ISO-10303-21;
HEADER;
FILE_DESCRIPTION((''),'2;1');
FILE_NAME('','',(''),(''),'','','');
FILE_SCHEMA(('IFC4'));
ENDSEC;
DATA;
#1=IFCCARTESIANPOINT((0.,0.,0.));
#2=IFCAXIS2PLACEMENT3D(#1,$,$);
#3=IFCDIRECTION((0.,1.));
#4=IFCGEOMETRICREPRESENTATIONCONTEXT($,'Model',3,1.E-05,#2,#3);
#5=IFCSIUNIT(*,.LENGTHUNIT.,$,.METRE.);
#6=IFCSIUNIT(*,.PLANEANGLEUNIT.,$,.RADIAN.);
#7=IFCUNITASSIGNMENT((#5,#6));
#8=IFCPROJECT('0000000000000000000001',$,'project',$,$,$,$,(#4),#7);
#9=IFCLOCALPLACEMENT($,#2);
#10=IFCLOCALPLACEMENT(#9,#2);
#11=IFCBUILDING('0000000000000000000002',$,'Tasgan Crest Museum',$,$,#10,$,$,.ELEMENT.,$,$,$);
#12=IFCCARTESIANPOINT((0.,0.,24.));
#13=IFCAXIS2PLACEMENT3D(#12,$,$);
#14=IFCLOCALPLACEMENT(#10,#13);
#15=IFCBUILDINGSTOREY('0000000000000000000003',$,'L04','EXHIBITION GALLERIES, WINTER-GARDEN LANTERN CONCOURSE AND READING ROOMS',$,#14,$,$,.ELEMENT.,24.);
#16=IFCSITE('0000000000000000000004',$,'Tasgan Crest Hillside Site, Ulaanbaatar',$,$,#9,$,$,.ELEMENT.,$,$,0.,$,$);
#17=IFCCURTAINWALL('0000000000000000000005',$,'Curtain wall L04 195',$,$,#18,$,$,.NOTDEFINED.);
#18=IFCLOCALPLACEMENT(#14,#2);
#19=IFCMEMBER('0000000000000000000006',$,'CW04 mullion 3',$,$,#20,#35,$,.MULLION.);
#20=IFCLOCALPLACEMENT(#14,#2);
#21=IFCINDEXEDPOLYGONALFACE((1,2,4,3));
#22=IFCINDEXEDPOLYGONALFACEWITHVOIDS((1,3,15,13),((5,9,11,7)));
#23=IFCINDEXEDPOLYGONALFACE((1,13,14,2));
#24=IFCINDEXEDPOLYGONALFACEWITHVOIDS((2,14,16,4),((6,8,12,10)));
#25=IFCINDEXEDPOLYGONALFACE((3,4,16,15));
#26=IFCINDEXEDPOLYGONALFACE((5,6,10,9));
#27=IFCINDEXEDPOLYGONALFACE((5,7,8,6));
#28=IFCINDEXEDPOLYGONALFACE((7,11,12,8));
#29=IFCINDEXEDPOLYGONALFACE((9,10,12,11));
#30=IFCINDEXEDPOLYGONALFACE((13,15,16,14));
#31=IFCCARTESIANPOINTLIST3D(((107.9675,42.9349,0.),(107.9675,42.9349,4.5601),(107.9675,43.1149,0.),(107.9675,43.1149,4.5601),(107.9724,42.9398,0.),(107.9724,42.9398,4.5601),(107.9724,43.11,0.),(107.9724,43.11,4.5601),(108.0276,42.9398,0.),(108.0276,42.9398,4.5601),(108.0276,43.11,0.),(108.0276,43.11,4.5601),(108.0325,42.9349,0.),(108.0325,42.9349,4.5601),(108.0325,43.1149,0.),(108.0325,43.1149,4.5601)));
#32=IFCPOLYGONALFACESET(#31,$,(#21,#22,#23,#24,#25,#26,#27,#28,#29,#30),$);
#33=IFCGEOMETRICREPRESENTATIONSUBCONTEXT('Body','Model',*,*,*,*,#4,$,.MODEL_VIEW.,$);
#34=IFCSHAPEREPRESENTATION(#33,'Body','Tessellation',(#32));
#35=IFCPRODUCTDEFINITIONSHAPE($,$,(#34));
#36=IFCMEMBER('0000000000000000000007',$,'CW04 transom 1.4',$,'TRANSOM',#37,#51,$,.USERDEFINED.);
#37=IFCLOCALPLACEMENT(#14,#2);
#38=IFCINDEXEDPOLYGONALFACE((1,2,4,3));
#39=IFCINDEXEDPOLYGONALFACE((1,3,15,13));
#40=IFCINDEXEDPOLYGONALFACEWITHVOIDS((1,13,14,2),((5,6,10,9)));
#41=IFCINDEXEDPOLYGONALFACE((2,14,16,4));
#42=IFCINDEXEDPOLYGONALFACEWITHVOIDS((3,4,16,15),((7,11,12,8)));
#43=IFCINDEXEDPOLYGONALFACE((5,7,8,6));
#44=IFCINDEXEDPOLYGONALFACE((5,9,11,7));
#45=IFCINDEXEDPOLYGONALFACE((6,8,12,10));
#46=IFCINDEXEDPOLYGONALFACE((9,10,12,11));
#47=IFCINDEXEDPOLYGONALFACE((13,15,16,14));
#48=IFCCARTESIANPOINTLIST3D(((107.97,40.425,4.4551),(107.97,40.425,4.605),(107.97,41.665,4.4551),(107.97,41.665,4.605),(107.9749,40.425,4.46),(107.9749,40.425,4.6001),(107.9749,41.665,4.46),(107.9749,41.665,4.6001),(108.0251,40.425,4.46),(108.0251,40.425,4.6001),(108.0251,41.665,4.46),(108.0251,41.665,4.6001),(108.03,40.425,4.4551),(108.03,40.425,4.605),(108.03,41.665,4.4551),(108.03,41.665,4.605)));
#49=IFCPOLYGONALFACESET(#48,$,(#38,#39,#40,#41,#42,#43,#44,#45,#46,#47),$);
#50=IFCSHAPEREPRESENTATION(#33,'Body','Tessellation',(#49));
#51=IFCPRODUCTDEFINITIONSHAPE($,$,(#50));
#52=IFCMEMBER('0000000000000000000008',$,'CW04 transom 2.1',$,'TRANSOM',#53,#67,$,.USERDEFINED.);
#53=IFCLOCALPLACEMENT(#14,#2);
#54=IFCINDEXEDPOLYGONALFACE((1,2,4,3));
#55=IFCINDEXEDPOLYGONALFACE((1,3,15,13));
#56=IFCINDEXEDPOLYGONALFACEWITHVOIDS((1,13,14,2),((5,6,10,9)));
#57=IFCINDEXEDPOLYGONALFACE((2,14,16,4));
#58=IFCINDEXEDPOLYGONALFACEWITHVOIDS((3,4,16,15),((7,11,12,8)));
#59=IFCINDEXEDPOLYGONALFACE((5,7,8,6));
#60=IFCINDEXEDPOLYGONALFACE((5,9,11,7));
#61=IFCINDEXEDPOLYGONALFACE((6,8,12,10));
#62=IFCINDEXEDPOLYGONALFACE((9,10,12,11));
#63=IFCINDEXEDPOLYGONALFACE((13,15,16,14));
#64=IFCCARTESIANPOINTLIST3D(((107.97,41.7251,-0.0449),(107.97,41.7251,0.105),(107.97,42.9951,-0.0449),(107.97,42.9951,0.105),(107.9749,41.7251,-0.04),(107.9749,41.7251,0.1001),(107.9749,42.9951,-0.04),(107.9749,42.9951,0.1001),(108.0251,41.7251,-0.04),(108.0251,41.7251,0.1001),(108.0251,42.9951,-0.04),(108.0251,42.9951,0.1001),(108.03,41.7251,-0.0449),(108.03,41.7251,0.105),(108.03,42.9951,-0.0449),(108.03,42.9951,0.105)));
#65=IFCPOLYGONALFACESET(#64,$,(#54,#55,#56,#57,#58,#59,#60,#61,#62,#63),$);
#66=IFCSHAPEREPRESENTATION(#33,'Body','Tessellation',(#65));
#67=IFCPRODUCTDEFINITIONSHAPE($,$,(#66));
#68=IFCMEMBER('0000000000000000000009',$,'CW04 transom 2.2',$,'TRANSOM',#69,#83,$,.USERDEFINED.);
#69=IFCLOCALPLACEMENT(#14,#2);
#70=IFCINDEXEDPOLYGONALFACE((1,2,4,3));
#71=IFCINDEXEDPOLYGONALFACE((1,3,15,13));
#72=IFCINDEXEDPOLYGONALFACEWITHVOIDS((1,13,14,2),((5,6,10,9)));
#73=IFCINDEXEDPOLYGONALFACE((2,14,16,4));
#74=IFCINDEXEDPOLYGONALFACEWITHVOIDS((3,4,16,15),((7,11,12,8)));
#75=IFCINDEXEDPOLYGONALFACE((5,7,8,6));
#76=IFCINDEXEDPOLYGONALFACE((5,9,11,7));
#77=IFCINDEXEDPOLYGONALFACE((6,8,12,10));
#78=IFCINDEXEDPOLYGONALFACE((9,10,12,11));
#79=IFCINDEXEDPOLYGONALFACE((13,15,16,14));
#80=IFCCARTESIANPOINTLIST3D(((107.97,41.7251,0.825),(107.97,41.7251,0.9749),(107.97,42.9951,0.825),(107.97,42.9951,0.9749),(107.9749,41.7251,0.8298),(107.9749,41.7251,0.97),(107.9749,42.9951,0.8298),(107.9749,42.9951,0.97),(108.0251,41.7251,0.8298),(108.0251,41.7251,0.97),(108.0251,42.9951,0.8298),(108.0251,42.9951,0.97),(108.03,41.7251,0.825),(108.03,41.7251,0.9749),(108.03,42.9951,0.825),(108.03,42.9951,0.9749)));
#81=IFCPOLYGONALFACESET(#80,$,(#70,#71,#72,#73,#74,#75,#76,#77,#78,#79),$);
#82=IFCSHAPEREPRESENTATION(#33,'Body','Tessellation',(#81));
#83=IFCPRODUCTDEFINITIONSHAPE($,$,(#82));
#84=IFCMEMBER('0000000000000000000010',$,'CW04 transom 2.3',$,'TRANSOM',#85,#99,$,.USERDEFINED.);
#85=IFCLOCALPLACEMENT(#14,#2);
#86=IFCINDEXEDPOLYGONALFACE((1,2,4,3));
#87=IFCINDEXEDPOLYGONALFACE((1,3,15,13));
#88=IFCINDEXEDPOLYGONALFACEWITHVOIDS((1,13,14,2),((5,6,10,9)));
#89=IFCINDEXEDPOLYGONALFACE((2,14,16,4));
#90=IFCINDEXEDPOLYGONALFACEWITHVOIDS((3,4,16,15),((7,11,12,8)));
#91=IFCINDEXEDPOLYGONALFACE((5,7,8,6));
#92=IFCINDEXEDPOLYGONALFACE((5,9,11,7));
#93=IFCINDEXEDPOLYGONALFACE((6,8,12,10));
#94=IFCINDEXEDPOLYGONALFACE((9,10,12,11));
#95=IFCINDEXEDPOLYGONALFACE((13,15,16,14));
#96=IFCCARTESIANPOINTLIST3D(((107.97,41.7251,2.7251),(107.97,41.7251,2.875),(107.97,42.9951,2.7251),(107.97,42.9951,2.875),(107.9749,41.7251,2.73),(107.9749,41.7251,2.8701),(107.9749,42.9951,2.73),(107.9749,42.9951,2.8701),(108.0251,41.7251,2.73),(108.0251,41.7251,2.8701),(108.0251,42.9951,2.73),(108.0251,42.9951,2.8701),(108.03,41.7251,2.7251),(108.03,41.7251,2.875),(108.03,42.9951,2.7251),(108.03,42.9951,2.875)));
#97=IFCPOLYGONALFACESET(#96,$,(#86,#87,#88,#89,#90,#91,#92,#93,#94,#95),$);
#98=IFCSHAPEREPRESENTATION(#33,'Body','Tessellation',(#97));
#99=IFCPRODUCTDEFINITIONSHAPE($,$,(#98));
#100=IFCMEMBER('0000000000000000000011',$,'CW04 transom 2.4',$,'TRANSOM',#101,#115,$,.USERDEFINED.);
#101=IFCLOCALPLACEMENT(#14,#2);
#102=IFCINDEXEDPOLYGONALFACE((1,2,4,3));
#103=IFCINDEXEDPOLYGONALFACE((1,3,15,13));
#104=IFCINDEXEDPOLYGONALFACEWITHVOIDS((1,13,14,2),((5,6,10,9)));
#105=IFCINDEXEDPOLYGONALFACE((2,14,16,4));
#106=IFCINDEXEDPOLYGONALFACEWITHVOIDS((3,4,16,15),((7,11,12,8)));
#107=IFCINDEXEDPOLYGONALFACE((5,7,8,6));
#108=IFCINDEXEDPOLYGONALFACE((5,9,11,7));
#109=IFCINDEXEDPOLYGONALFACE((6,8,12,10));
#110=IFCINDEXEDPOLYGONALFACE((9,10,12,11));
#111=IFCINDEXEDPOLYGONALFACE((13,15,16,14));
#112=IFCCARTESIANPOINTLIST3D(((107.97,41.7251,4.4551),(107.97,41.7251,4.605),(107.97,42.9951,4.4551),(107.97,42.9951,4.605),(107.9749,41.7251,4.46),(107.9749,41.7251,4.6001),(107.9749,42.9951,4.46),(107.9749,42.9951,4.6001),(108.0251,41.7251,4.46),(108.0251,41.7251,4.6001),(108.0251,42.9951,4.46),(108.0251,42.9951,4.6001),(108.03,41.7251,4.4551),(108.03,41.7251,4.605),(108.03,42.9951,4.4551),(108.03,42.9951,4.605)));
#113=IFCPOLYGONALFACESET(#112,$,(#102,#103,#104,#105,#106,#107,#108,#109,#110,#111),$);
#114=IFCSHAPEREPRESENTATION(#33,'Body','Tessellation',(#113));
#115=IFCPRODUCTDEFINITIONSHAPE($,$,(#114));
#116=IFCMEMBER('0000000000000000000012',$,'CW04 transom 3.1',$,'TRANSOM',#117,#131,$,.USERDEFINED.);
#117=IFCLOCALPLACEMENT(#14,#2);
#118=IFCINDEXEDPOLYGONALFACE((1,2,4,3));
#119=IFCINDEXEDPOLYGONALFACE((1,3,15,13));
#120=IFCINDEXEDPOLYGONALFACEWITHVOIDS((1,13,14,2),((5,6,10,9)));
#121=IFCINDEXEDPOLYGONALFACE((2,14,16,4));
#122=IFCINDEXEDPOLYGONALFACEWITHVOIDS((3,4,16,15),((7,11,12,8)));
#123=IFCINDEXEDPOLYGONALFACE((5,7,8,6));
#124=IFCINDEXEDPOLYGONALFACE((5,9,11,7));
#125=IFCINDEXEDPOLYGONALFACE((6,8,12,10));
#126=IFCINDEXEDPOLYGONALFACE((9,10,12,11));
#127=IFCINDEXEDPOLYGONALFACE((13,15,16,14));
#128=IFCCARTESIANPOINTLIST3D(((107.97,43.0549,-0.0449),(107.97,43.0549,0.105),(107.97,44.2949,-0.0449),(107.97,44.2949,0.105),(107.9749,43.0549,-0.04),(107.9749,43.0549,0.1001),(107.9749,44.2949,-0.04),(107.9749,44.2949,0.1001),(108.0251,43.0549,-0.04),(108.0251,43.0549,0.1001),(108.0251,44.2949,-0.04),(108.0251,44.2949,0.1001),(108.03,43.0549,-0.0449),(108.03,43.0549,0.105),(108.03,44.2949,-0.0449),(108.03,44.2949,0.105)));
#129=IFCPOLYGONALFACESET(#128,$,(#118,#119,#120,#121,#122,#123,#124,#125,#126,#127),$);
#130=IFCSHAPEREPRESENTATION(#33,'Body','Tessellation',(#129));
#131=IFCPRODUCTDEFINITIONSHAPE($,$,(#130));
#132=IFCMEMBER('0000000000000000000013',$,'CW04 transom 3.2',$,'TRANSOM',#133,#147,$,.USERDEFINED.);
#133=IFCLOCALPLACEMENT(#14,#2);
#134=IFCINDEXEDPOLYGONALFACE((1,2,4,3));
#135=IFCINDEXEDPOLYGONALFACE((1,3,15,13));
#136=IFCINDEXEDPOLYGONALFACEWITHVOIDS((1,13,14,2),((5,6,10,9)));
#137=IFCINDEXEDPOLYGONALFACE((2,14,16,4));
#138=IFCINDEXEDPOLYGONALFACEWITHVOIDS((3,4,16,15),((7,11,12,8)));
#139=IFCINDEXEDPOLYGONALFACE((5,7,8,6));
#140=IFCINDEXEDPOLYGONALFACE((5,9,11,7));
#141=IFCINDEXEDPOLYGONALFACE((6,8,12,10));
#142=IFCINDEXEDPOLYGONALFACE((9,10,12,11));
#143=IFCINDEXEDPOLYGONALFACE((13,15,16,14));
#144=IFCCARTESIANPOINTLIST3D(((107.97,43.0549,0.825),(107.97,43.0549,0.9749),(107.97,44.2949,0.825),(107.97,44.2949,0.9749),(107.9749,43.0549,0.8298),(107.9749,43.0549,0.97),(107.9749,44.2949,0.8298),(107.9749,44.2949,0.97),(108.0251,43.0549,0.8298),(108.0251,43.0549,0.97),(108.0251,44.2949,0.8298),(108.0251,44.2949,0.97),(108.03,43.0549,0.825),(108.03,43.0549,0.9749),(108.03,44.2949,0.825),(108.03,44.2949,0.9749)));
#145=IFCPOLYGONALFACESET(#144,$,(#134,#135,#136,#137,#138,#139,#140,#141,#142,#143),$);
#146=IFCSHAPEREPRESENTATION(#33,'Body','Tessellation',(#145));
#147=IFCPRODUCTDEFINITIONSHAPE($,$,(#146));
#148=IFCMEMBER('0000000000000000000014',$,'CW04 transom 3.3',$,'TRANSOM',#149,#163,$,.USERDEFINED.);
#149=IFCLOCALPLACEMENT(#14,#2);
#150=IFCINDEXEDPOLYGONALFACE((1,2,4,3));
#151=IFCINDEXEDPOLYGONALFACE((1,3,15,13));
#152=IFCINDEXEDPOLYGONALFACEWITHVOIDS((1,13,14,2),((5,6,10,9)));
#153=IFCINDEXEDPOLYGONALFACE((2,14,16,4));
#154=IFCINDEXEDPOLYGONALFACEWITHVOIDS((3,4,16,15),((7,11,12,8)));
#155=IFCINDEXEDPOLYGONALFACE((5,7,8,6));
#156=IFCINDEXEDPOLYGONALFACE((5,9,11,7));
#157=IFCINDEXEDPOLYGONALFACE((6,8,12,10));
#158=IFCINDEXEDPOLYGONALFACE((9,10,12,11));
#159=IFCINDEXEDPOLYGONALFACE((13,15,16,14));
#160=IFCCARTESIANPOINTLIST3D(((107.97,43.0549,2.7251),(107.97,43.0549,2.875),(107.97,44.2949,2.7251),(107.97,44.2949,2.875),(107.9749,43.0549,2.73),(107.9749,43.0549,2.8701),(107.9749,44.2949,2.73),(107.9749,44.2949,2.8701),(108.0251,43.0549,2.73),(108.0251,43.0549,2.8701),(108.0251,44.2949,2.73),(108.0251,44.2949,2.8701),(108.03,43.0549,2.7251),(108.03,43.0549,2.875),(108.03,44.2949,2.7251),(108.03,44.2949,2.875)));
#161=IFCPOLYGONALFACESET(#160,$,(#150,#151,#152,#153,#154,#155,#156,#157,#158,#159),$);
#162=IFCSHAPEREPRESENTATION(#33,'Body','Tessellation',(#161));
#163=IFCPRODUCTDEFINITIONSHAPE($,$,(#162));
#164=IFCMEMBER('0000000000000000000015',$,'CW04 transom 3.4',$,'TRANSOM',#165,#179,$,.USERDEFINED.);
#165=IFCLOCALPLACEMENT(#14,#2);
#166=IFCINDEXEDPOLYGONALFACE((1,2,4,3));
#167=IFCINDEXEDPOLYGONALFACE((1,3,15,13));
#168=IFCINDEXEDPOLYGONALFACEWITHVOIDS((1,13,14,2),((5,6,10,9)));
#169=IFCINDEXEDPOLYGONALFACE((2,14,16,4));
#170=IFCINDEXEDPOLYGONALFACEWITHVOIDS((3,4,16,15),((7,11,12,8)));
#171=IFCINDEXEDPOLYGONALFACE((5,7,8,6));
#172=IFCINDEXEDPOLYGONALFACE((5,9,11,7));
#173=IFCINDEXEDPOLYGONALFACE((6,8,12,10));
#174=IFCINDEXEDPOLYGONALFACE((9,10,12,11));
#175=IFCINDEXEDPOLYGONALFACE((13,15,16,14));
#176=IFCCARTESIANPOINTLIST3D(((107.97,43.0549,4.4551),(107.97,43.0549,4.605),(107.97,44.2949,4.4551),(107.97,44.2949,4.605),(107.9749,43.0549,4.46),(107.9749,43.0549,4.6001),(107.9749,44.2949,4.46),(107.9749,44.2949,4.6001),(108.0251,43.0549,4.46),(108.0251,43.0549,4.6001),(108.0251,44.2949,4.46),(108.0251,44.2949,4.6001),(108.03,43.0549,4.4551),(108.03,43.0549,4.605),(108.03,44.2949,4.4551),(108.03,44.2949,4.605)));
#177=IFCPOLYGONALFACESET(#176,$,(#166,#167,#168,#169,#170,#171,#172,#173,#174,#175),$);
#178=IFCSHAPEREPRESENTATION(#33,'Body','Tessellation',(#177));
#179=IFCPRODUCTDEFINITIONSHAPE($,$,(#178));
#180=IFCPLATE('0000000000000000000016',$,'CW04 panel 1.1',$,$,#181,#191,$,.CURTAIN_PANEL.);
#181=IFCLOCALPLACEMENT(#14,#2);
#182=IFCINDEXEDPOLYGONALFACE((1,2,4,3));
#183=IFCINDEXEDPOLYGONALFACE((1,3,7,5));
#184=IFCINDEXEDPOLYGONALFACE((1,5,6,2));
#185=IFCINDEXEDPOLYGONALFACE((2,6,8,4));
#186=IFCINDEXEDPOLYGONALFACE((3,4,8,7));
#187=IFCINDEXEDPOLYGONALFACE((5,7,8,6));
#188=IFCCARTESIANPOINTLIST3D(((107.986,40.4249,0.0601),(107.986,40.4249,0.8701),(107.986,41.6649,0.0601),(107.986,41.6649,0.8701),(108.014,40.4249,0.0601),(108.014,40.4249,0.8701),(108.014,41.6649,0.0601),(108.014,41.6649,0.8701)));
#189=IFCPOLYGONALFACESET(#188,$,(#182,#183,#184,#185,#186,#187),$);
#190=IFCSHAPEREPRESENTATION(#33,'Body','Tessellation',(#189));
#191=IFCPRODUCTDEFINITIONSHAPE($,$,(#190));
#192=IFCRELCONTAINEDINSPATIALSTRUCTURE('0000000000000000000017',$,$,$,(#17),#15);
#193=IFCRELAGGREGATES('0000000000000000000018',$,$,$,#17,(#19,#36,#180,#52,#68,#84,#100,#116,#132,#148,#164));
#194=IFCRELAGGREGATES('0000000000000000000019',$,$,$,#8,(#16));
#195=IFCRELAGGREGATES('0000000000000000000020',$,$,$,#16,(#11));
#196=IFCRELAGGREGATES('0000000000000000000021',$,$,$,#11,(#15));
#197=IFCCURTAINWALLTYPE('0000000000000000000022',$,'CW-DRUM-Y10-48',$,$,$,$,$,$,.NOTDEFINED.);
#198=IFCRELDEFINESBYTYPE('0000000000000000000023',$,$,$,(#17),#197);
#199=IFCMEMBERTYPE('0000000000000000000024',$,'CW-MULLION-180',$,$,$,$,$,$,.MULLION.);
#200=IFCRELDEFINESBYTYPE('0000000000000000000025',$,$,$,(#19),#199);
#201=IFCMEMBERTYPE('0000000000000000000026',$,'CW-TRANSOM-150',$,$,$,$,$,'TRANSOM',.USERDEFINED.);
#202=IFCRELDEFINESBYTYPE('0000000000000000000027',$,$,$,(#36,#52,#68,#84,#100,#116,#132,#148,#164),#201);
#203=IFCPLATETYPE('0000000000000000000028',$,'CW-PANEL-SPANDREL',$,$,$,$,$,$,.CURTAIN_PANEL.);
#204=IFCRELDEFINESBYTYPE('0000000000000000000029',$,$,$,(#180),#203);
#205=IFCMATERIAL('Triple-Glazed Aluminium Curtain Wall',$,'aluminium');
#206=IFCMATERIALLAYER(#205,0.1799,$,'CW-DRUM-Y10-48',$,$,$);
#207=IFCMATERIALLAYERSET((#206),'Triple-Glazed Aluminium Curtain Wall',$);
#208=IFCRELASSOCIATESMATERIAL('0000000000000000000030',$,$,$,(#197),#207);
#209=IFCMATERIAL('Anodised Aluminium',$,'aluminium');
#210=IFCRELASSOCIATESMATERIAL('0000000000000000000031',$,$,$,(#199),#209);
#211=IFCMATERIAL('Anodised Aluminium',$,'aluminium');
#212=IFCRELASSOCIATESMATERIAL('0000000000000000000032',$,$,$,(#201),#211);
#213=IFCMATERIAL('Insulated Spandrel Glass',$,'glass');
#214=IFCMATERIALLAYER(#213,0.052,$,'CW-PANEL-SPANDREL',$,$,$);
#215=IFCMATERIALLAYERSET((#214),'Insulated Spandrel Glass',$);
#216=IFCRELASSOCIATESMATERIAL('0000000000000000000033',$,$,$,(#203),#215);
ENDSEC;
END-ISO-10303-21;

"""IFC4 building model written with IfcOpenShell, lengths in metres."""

from ifc_helpers import new_model, si_unit, direction, frame, origin, origin_2d, place, context, subcontext, project, spatial, rectangle, hollow_rectangle, extrude, material, layer, layer_set, material_profile, profile_set, type_object, element, aggregate, save


model = new_model("IFC4")

# Units and contexts
model_context = context("Model", 3, precision=1e-05, world=origin(), true_north=direction((0.0, 1.0)))
body_context = subcontext(model_context, "Body", "Model", "MODEL_VIEW")
ifc_project = project(units=[si_unit("LENGTHUNIT", "METRE"), si_unit("PLANEANGLEUNIT", "RADIAN")], contexts=[model_context])

# Site, building, storey
site_placement = place(None, origin())
site = spatial("IfcSite", under=ifc_project, at=site_placement, Name="Tasgan Crest Hillside Site, Ulaanbaatar", CompositionType="ELEMENT", RefElevation=0.0)
building_placement = place(site_placement, origin())
building = spatial("IfcBuilding", under=site, at=building_placement, Name="Tasgan Crest Museum", CompositionType="ELEMENT")
storey_placement = place(building_placement, frame((0.0, 0.0, 24.0)))
storey = spatial("IfcBuildingStorey", under=building, at=storey_placement, Name="L04", Description="EXHIBITION GALLERIES, WINTER-GARDEN LANTERN CONCOURSE AND READING ROOMS", CompositionType="ELEMENT", Elevation=24.0)

# Curtain wall, members, plate
ifc_material_1 = material(Name="Triple-Glazed Aluminium Curtain Wall", Category="aluminium")
ifc_layer_1 = layer(ifc_material_1, 0.1799, Name="CW-DRUM-Y10-48")
ifc_layer_set_1 = layer_set([ifc_layer_1], Name="Triple-Glazed Aluminium Curtain Wall")
curtain_wall_type = type_object("IfcCurtainWallType", Name="CW-DRUM-Y10-48", PredefinedType="NOTDEFINED", material=ifc_layer_set_1)
curtain_wall_placement = place(storey_placement, origin())
curtain_wall = element("IfcCurtainWall", 1, at=curtain_wall_placement, inside=storey, type_object=curtain_wall_type, Name="Curtain wall L04 195", PredefinedType="NOTDEFINED")
ifc_material_2 = material(Name="Anodised Aluminium", Category="aluminium")
ifc_material_profile_1 = material_profile(ifc_material_2, hollow_rectangle(XDim=0.0649, YDim=0.1799, WallThickness=0.0049, at=origin_2d()), Name="ALU MULLION 180x65x5")
ifc_profile_set_1 = profile_set([ifc_material_profile_1], Name="Anodised Aluminium")
member_type_1 = type_object("IfcMemberType", Name="CW-MULLION-180", PredefinedType="MULLION", material=ifc_profile_set_1)
member_1_placement = place(storey_placement, frame((108.0, 43.0249, 0.0), z_axis=(0.0, 0.0, 1.0), x_axis=(-1.0, 0.0, 0.0)))
member_1 = element("IfcMember", 2, at=member_1_placement, type_object=member_type_1, Name="CW04 mullion 3", PredefinedType="MULLION", context=body_context, shape_type="SweptSolid", body=[
    extrude(hollow_rectangle(XDim=0.0649, YDim=0.1799, WallThickness=0.0049, at=origin_2d()), origin(), (0.0, 0.0, 1.0), 4.5601),
])
ifc_material_3 = material(Name="Anodised Aluminium", Category="aluminium")
ifc_material_profile_2 = material_profile(ifc_material_3, hollow_rectangle(XDim=0.0601, YDim=0.1499, WallThickness=0.0049, at=origin_2d()), Name="ALU TRANSOM 150x60x5")
ifc_profile_set_2 = profile_set([ifc_material_profile_2], Name="Anodised Aluminium")
member_type_2 = type_object("IfcMemberType", Name="CW-TRANSOM-150", ElementType="TRANSOM", PredefinedType="USERDEFINED", material=ifc_profile_set_2)
member_2_placement = place(storey_placement, frame((108.0, 40.425, 4.53), z_axis=(0.0, 1.0, 0.0), x_axis=(-1.0, 0.0, 0.0)))
member_2 = element("IfcMember", 3, at=member_2_placement, type_object=member_type_2, Name="CW04 transom 1.4", ObjectType="TRANSOM", PredefinedType="USERDEFINED", context=body_context, shape_type="SweptSolid", body=[
    extrude(hollow_rectangle(XDim=0.0601, YDim=0.1499, WallThickness=0.0049, at=origin_2d()), origin(), (0.0, 0.0, 1.0), 1.24),
])
member_3_placement = place(storey_placement, frame((108.0, 41.7251, 0.03), z_axis=(0.0, 1.0, 0.0), x_axis=(-1.0, 0.0, 0.0)))
member_3 = element("IfcMember", 4, at=member_3_placement, type_object=member_type_2, Name="CW04 transom 2.1", ObjectType="TRANSOM", PredefinedType="USERDEFINED", context=body_context, shape_type="SweptSolid", body=[
    extrude(hollow_rectangle(XDim=0.0601, YDim=0.1499, WallThickness=0.0049, at=origin_2d()), origin(), (0.0, 0.0, 1.0), 1.27),
])
member_4_placement = place(storey_placement, frame((108.0, 41.7251, 0.8999), z_axis=(0.0, 1.0, 0.0), x_axis=(-1.0, 0.0, 0.0)))
member_4 = element("IfcMember", 5, at=member_4_placement, type_object=member_type_2, Name="CW04 transom 2.2", ObjectType="TRANSOM", PredefinedType="USERDEFINED", context=body_context, shape_type="SweptSolid", body=[
    extrude(hollow_rectangle(XDim=0.0601, YDim=0.1499, WallThickness=0.0049, at=origin_2d()), origin(), (0.0, 0.0, 1.0), 1.27),
])
member_5_placement = place(storey_placement, frame((108.0, 41.7251, 2.8), z_axis=(0.0, 1.0, 0.0), x_axis=(-1.0, 0.0, 0.0)))
member_5 = element("IfcMember", 6, at=member_5_placement, type_object=member_type_2, Name="CW04 transom 2.3", ObjectType="TRANSOM", PredefinedType="USERDEFINED", context=body_context, shape_type="SweptSolid", body=[
    extrude(hollow_rectangle(XDim=0.0601, YDim=0.1499, WallThickness=0.0049, at=origin_2d()), origin(), (0.0, 0.0, 1.0), 1.27),
])
member_6_placement = place(storey_placement, frame((108.0, 41.7251, 4.53), z_axis=(0.0, 1.0, 0.0), x_axis=(-1.0, 0.0, 0.0)))
member_6 = element("IfcMember", 7, at=member_6_placement, type_object=member_type_2, Name="CW04 transom 2.4", ObjectType="TRANSOM", PredefinedType="USERDEFINED", context=body_context, shape_type="SweptSolid", body=[
    extrude(hollow_rectangle(XDim=0.0601, YDim=0.1499, WallThickness=0.0049, at=origin_2d()), origin(), (0.0, 0.0, 1.0), 1.27),
])
member_7_placement = place(storey_placement, frame((108.0, 43.0549, 0.03), z_axis=(0.0, 1.0, 0.0), x_axis=(-1.0, 0.0, 0.0)))
member_7 = element("IfcMember", 8, at=member_7_placement, type_object=member_type_2, Name="CW04 transom 3.1", ObjectType="TRANSOM", PredefinedType="USERDEFINED", context=body_context, shape_type="SweptSolid", body=[
    extrude(hollow_rectangle(XDim=0.0601, YDim=0.1499, WallThickness=0.0049, at=origin_2d()), origin(), (0.0, 0.0, 1.0), 1.24),
])
member_8_placement = place(storey_placement, frame((108.0, 43.0549, 0.8999), z_axis=(0.0, 1.0, 0.0), x_axis=(-1.0, 0.0, 0.0)))
member_8 = element("IfcMember", 9, at=member_8_placement, type_object=member_type_2, Name="CW04 transom 3.2", ObjectType="TRANSOM", PredefinedType="USERDEFINED", context=body_context, shape_type="SweptSolid", body=[
    extrude(hollow_rectangle(XDim=0.0601, YDim=0.1499, WallThickness=0.0049, at=origin_2d()), origin(), (0.0, 0.0, 1.0), 1.24),
])
member_9_placement = place(storey_placement, frame((108.0, 43.0549, 2.8), z_axis=(0.0, 1.0, 0.0), x_axis=(-1.0, 0.0, 0.0)))
member_9 = element("IfcMember", 10, at=member_9_placement, type_object=member_type_2, Name="CW04 transom 3.3", ObjectType="TRANSOM", PredefinedType="USERDEFINED", context=body_context, shape_type="SweptSolid", body=[
    extrude(hollow_rectangle(XDim=0.0601, YDim=0.1499, WallThickness=0.0049, at=origin_2d()), origin(), (0.0, 0.0, 1.0), 1.24),
])
member_10_placement = place(storey_placement, frame((108.0, 43.0549, 4.53), z_axis=(0.0, 1.0, 0.0), x_axis=(-1.0, 0.0, 0.0)))
member_10 = element("IfcMember", 11, at=member_10_placement, type_object=member_type_2, Name="CW04 transom 3.4", ObjectType="TRANSOM", PredefinedType="USERDEFINED", context=body_context, shape_type="SweptSolid", body=[
    extrude(hollow_rectangle(XDim=0.0601, YDim=0.1499, WallThickness=0.0049, at=origin_2d()), origin(), (0.0, 0.0, 1.0), 1.24),
])
ifc_material_4 = material(Name="Insulated Spandrel Glass", Category="glass")
ifc_layer_2 = layer(ifc_material_4, 0.052, Name="CW-PANEL-SPANDREL")
ifc_layer_set_2 = layer_set([ifc_layer_2], Name="Insulated Spandrel Glass")
plate_type_1 = type_object("IfcPlateType", Name="CW-PANEL-SPANDREL", PredefinedType="CURTAIN_PANEL", material=ifc_layer_set_2)
plate_1_placement = place(storey_placement, frame((108.0, 41.0449, 0.0601), z_axis=(0.0, 0.0, 1.0), x_axis=(0.0, 1.0, 0.0)))
plate_1 = element("IfcPlate", 12, at=plate_1_placement, type_object=plate_type_1, Name="CW04 panel 1.1", PredefinedType="CURTAIN_PANEL", context=body_context, shape_type="SweptSolid", body=[
    extrude(rectangle(XDim=1.24, YDim=0.0281, at=origin_2d()), origin(), (0.0, 0.0, 1.0), 0.8101),
])
aggregate(curtain_wall, [member_1, member_2, plate_1, member_3, member_4, member_5, member_6, member_7, member_8, member_9, member_10])

save(model, "model.ifc")
